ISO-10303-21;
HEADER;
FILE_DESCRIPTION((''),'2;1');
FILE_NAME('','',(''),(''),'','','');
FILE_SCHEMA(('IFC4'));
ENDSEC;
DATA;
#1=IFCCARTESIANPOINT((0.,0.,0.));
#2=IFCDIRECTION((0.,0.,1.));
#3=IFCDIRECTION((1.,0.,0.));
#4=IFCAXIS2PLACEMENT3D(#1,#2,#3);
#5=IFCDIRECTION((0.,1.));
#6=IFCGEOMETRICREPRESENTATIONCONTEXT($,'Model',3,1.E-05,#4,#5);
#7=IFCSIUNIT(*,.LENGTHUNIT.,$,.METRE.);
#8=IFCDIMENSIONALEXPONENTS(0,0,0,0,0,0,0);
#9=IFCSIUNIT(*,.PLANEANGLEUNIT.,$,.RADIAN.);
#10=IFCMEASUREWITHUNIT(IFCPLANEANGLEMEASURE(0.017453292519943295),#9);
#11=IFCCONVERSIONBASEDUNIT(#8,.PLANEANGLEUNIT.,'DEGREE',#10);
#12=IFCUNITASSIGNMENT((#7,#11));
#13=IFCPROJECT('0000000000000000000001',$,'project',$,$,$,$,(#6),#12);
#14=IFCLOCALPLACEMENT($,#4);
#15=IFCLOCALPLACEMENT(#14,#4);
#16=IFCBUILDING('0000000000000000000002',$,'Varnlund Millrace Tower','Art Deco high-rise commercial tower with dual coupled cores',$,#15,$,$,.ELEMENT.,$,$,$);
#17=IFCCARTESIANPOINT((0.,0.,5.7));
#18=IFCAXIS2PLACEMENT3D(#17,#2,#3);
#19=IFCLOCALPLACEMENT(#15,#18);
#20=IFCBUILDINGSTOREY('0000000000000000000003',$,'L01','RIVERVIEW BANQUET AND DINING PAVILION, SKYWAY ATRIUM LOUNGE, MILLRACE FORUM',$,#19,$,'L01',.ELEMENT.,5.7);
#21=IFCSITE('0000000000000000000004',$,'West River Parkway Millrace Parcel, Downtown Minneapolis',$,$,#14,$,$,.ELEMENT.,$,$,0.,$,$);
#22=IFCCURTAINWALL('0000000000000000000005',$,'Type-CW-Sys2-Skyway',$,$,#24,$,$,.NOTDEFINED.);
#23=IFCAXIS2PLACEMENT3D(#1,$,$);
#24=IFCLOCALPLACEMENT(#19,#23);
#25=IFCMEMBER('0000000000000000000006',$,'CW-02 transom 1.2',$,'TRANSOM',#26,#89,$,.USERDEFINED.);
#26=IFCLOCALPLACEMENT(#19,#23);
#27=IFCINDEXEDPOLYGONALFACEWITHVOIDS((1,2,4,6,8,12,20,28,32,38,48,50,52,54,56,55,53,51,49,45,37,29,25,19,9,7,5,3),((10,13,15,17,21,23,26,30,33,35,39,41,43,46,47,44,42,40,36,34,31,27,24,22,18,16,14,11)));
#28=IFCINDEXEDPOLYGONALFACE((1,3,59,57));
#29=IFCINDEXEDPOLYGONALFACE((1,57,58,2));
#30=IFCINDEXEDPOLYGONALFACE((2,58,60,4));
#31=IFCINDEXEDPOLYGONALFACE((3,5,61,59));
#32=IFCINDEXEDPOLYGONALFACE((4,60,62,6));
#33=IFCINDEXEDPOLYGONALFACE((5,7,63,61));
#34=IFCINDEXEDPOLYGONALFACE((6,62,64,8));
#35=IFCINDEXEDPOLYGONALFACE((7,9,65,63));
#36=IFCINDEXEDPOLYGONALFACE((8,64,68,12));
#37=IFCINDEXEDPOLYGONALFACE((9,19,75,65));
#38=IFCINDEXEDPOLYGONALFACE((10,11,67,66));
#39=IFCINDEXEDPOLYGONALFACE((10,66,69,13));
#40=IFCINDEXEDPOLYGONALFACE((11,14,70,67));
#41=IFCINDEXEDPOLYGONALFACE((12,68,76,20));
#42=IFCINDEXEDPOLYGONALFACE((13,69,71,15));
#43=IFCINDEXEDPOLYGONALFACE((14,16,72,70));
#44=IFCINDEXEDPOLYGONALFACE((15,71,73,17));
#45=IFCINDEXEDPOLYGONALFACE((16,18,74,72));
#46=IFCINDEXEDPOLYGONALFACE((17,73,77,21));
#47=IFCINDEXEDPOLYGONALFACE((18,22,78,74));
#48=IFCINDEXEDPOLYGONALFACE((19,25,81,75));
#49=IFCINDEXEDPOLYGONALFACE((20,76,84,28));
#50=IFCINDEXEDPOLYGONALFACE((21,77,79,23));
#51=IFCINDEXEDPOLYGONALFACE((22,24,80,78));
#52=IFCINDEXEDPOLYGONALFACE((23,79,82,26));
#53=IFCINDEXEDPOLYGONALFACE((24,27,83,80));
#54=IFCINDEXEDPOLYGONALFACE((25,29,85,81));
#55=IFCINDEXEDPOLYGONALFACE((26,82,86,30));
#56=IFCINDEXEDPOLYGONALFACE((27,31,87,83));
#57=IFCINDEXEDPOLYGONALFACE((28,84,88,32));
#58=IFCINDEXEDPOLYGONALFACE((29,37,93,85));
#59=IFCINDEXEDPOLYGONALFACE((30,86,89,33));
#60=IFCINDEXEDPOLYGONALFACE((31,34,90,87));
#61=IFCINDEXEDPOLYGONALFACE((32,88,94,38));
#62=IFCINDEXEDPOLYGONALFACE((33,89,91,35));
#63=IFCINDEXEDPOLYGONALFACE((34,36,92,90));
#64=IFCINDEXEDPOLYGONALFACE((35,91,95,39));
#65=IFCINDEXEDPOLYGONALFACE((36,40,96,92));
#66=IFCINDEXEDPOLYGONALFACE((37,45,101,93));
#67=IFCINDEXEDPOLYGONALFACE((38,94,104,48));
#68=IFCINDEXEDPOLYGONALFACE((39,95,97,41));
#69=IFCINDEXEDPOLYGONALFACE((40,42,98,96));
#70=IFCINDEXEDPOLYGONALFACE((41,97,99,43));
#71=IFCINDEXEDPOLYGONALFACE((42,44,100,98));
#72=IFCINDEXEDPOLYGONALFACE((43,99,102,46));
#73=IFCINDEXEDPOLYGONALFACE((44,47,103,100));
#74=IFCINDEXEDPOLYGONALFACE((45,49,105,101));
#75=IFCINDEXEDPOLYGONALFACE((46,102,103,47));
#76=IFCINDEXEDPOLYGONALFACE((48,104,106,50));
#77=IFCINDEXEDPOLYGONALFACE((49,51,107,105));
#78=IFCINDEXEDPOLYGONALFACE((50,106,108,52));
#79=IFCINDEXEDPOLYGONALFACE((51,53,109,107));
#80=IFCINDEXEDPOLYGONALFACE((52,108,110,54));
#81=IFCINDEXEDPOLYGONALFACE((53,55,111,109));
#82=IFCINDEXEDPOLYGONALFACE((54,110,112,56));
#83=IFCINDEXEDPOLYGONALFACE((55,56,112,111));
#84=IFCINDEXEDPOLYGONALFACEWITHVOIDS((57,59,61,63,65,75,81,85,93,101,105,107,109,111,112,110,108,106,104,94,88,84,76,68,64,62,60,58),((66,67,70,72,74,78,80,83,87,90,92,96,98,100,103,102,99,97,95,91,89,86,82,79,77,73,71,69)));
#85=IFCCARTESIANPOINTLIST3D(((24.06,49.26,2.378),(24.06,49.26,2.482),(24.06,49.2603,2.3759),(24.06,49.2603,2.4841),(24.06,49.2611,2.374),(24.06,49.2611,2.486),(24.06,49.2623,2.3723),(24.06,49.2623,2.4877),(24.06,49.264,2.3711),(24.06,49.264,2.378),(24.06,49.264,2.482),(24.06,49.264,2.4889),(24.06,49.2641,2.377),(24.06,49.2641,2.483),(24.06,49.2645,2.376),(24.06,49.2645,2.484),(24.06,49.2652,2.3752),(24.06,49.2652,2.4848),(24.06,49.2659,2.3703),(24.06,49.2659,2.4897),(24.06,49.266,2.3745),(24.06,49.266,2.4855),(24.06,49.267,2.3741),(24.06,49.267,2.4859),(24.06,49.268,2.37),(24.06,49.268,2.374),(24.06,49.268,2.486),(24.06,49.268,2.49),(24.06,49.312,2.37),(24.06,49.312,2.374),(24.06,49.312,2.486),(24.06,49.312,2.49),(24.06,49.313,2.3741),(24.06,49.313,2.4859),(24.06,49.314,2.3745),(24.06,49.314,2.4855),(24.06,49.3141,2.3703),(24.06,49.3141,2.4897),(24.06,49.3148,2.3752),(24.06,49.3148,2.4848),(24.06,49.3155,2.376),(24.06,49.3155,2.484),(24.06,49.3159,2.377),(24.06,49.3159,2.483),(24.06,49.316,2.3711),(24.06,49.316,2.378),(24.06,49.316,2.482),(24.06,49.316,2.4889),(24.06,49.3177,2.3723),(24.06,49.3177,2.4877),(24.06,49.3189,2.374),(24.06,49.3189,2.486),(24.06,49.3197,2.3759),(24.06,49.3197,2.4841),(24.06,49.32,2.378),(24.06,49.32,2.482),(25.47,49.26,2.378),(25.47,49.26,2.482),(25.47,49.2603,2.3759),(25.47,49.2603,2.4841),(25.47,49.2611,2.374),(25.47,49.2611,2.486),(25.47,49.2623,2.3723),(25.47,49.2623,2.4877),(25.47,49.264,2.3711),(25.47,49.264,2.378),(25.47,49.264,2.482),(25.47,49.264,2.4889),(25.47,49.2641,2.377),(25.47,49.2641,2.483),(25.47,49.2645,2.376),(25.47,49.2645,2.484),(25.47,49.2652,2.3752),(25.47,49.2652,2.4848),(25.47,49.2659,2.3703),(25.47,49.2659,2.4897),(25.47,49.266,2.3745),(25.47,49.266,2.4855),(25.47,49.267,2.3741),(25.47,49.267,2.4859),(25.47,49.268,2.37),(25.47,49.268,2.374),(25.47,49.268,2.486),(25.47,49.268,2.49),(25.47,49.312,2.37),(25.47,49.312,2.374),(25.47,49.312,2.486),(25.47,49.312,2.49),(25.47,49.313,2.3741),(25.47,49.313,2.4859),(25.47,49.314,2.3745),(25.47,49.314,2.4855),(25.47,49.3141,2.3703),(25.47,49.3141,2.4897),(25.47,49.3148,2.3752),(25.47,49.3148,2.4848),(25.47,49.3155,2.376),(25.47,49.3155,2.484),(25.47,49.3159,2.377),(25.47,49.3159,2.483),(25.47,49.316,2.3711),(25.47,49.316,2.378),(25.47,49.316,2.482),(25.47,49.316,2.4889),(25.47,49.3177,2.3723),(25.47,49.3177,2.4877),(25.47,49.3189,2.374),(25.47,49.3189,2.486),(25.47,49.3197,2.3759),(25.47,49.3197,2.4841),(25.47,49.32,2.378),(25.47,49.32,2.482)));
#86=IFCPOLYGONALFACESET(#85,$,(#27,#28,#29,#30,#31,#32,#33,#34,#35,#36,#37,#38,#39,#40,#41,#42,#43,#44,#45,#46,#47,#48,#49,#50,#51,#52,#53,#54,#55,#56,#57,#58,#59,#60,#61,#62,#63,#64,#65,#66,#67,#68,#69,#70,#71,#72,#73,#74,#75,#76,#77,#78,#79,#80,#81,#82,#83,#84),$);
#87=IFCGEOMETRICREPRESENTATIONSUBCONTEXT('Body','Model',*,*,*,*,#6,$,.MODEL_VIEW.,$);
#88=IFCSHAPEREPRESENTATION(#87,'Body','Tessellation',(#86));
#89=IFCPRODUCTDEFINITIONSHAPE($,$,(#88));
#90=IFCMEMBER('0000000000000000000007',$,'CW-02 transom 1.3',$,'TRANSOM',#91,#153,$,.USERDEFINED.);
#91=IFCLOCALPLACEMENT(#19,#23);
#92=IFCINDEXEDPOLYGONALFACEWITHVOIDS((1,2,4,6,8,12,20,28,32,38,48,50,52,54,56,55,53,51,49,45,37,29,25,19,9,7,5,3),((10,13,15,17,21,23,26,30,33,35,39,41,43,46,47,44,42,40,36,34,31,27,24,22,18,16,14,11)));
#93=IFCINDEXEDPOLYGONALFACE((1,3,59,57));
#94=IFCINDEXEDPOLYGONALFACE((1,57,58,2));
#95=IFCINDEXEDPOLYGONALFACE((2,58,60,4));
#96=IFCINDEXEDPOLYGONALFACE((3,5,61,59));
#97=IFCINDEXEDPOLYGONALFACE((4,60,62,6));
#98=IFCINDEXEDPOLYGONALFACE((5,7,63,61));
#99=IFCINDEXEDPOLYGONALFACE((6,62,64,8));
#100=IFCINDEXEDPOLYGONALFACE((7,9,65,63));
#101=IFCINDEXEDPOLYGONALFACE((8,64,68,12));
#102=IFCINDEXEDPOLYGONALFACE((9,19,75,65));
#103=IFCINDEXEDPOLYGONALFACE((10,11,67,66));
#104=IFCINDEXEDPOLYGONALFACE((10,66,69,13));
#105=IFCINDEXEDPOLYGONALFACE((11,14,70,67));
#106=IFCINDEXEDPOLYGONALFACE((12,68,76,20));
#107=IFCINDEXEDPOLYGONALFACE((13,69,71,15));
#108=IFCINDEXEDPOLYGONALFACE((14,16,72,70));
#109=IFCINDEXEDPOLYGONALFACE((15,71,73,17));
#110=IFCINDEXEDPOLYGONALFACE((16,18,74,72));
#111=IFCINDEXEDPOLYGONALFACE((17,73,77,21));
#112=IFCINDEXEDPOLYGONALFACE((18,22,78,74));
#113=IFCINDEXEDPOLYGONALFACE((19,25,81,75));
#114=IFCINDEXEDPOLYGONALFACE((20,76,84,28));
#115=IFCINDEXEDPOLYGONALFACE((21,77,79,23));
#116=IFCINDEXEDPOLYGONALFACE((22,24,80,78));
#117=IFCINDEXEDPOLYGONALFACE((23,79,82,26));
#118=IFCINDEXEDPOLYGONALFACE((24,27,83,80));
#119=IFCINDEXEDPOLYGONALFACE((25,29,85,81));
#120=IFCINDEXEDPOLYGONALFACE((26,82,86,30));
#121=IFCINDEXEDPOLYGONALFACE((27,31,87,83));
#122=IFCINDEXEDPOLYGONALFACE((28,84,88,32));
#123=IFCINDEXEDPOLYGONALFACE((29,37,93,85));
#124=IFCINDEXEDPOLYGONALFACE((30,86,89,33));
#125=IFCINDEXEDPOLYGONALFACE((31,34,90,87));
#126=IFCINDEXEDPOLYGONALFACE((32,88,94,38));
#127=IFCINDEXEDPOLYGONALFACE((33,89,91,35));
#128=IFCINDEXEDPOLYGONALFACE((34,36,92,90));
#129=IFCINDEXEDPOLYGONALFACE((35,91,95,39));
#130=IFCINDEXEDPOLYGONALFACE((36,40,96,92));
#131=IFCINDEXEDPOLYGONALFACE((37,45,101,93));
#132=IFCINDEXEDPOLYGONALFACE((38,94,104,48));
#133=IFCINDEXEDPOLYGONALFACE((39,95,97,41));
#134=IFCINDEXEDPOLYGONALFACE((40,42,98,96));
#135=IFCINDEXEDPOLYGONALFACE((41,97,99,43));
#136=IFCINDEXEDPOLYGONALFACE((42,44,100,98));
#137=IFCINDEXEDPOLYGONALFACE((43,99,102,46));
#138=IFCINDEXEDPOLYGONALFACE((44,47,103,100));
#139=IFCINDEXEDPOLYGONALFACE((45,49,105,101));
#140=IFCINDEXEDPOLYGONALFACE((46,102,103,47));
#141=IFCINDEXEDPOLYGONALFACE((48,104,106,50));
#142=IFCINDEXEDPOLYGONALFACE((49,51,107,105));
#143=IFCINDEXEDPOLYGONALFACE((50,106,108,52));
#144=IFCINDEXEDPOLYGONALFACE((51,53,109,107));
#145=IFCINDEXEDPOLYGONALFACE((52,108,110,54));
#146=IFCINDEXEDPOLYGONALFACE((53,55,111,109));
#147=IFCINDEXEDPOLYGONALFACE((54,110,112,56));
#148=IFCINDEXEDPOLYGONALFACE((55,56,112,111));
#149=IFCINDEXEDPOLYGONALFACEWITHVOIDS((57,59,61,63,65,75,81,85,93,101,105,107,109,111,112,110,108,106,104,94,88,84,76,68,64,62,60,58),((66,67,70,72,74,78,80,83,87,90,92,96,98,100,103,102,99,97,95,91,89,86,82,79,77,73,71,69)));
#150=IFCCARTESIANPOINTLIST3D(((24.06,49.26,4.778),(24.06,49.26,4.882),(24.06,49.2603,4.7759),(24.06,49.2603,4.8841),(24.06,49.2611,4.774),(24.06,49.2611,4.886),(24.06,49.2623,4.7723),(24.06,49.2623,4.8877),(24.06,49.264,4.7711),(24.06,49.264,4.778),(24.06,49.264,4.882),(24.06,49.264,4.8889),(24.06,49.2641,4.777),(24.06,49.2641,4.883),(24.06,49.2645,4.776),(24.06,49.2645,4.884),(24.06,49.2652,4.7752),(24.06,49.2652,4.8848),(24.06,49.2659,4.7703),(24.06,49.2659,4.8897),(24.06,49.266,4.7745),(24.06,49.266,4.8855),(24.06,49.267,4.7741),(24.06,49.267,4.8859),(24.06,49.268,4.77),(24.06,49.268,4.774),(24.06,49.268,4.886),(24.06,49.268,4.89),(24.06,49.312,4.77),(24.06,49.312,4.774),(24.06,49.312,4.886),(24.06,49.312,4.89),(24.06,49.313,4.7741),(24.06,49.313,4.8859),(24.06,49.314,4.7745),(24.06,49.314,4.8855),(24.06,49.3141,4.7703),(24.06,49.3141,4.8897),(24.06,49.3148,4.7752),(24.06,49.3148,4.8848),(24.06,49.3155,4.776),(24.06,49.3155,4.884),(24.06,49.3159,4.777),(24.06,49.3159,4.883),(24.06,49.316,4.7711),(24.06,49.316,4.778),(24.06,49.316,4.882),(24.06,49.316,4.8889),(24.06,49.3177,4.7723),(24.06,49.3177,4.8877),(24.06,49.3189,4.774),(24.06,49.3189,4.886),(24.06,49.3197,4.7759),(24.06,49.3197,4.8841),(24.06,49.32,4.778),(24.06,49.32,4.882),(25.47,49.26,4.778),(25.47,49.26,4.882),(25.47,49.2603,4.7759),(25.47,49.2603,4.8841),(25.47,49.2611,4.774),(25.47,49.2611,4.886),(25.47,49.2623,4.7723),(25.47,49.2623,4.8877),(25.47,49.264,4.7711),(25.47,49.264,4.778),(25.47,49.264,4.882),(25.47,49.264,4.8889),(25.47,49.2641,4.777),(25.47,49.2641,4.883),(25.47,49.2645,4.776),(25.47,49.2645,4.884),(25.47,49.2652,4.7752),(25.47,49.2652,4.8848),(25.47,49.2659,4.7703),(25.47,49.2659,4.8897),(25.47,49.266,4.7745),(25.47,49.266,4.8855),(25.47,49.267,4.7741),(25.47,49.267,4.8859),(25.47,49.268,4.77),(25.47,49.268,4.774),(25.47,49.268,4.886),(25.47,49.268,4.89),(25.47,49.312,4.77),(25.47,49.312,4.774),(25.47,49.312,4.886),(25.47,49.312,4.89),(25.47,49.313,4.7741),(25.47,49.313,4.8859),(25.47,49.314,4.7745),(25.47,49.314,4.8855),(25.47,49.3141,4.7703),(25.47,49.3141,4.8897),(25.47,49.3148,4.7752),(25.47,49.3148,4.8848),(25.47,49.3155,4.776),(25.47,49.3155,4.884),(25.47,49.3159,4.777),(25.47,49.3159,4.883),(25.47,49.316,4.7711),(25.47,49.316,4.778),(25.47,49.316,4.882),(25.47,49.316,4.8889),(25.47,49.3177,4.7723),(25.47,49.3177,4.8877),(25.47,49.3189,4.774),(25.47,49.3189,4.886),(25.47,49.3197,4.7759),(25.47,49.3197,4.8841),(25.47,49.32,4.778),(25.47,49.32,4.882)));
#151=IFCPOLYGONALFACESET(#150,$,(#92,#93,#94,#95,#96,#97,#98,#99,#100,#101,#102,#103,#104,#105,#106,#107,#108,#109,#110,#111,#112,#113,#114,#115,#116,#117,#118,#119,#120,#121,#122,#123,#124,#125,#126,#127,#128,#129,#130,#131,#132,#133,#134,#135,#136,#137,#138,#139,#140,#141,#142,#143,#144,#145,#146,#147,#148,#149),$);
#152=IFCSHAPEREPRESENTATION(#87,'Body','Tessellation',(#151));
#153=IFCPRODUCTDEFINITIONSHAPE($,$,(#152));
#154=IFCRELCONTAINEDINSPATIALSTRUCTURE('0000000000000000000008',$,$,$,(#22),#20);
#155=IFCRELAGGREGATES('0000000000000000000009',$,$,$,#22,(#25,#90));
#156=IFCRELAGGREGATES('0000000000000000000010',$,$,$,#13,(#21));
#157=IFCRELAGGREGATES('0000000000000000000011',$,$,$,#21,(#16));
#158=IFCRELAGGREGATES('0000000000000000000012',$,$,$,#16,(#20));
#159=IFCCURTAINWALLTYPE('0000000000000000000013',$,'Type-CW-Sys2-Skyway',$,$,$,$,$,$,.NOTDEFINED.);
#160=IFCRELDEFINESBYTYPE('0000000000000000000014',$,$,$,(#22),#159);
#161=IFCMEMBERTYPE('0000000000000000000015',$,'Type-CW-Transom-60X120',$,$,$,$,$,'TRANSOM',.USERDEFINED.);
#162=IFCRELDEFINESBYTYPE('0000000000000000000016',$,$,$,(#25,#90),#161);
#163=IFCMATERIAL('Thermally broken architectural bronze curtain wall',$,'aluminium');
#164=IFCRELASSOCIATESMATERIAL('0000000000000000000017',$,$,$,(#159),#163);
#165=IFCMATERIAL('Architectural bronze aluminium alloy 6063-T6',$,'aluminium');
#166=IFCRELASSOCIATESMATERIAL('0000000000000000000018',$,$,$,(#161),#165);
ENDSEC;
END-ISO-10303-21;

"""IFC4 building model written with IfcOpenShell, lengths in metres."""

from ifc_helpers import new_model, entity, si_unit, converted_unit, direction, frame, origin_with_axes, origin_2d_with_axis, place, context, subcontext, project, spatial, hollow_rectangle, extrude, material, material_profile, profile_set, type_object, element, aggregate, save


model = new_model("IFC4")

# Units and contexts
model_context = context("Model", 3, precision=1e-05, world=origin_with_axes(), true_north=direction((0.0, 1.0)))
body_context = subcontext(model_context, "Body", "Model", "MODEL_VIEW")
ifc_project = project(units=[si_unit("LENGTHUNIT", "METRE"), converted_unit("PLANEANGLEUNIT", "DEGREE", entity("IfcPlaneAngleMeasure", 0.017453292519943295), si_unit("PLANEANGLEUNIT", "RADIAN"), dimensions=[0, 0, 0, 0, 0, 0, 0])], contexts=[model_context])

# Site, building, storey
site_placement = place(None, origin_with_axes())
site = spatial("IfcSite", under=ifc_project, at=site_placement, Name="West River Parkway Millrace Parcel, Downtown Minneapolis", CompositionType="ELEMENT", RefElevation=0.0)
building_placement = place(site_placement, origin_with_axes())
building = spatial("IfcBuilding", under=site, at=building_placement, Name="Varnlund Millrace Tower", Description="Art Deco high-rise commercial tower with dual coupled cores", CompositionType="ELEMENT")
storey_placement = place(building_placement, frame((0.0, 0.0, 5.7), z_axis=(0.0, 0.0, 1.0), x_axis=(1.0, 0.0, 0.0)))
storey = spatial("IfcBuildingStorey", under=building, at=storey_placement, Name="L01", Description="RIVERVIEW BANQUET AND DINING PAVILION, SKYWAY ATRIUM LOUNGE, MILLRACE FORUM", LongName="L01", CompositionType="ELEMENT", Elevation=5.7)

# Curtain wall, members
ifc_material_1 = material(Name="Thermally broken architectural bronze curtain wall", Category="aluminium")
curtain_wall_type = type_object("IfcCurtainWallType", Name="Type-CW-Sys2-Skyway", PredefinedType="NOTDEFINED", material=ifc_material_1)
curtain_wall_placement = place(storey_placement, frame((24.0, 49.29, 0.0), z_axis=(0.0, 0.0, 1.0), x_axis=(1.0, 0.0, 0.0)))
curtain_wall = element("IfcCurtainWall", 1, at=curtain_wall_placement, inside=storey, type_object=curtain_wall_type, Name="Type-CW-Sys2-Skyway", PredefinedType="NOTDEFINED")
ifc_material_2 = material(Name="Architectural bronze aluminium alloy 6063-T6", Category="aluminium")
ifc_material_profile_1 = material_profile(ifc_material_2, hollow_rectangle(XDim=0.06, YDim=0.12, WallThickness=0.004, InnerFilletRadius=0.004, OuterFilletRadius=0.008, at=origin_2d_with_axis()), Name="Architectural bronze aluminium alloy 6063-T6")
ifc_profile_set_1 = profile_set([ifc_material_profile_1], Name="Architectural bronze aluminium alloy 6063-T6")
member_type_1 = type_object("IfcMemberType", Name="Type-CW-Transom-60X120", ElementType="TRANSOM", PredefinedType="USERDEFINED", material=ifc_profile_set_1)
member_1_placement = place(storey_placement, frame((24.06, 49.29, 2.43), z_axis=(1.0, 0.0, 0.0), x_axis=(0.0, 1.0, 0.0)))
member_1 = element("IfcMember", 2, at=member_1_placement, type_object=member_type_1, Name="CW-02 transom 1.2", ObjectType="TRANSOM", PredefinedType="USERDEFINED", context=body_context, shape_type="SweptSolid", body=[
    extrude(hollow_rectangle(XDim=0.06, YDim=0.12, WallThickness=0.004, InnerFilletRadius=0.004, OuterFilletRadius=0.008, at=origin_2d_with_axis()), origin_with_axes(), (0.0, 0.0, 1.0), 1.41),
])
member_2_placement = place(storey_placement, frame((24.06, 49.29, 4.83), z_axis=(1.0, 0.0, 0.0), x_axis=(0.0, 1.0, 0.0)))
member_2 = element("IfcMember", 3, at=member_2_placement, type_object=member_type_1, Name="CW-02 transom 1.3", ObjectType="TRANSOM", PredefinedType="USERDEFINED", context=body_context, shape_type="SweptSolid", body=[
    extrude(hollow_rectangle(XDim=0.06, YDim=0.12, WallThickness=0.004, InnerFilletRadius=0.004, OuterFilletRadius=0.008, at=origin_2d_with_axis()), origin_with_axes(), (0.0, 0.0, 1.0), 1.41),
])

aggregate(curtain_wall, [member_1, member_2])

save(model, "model.ifc")
